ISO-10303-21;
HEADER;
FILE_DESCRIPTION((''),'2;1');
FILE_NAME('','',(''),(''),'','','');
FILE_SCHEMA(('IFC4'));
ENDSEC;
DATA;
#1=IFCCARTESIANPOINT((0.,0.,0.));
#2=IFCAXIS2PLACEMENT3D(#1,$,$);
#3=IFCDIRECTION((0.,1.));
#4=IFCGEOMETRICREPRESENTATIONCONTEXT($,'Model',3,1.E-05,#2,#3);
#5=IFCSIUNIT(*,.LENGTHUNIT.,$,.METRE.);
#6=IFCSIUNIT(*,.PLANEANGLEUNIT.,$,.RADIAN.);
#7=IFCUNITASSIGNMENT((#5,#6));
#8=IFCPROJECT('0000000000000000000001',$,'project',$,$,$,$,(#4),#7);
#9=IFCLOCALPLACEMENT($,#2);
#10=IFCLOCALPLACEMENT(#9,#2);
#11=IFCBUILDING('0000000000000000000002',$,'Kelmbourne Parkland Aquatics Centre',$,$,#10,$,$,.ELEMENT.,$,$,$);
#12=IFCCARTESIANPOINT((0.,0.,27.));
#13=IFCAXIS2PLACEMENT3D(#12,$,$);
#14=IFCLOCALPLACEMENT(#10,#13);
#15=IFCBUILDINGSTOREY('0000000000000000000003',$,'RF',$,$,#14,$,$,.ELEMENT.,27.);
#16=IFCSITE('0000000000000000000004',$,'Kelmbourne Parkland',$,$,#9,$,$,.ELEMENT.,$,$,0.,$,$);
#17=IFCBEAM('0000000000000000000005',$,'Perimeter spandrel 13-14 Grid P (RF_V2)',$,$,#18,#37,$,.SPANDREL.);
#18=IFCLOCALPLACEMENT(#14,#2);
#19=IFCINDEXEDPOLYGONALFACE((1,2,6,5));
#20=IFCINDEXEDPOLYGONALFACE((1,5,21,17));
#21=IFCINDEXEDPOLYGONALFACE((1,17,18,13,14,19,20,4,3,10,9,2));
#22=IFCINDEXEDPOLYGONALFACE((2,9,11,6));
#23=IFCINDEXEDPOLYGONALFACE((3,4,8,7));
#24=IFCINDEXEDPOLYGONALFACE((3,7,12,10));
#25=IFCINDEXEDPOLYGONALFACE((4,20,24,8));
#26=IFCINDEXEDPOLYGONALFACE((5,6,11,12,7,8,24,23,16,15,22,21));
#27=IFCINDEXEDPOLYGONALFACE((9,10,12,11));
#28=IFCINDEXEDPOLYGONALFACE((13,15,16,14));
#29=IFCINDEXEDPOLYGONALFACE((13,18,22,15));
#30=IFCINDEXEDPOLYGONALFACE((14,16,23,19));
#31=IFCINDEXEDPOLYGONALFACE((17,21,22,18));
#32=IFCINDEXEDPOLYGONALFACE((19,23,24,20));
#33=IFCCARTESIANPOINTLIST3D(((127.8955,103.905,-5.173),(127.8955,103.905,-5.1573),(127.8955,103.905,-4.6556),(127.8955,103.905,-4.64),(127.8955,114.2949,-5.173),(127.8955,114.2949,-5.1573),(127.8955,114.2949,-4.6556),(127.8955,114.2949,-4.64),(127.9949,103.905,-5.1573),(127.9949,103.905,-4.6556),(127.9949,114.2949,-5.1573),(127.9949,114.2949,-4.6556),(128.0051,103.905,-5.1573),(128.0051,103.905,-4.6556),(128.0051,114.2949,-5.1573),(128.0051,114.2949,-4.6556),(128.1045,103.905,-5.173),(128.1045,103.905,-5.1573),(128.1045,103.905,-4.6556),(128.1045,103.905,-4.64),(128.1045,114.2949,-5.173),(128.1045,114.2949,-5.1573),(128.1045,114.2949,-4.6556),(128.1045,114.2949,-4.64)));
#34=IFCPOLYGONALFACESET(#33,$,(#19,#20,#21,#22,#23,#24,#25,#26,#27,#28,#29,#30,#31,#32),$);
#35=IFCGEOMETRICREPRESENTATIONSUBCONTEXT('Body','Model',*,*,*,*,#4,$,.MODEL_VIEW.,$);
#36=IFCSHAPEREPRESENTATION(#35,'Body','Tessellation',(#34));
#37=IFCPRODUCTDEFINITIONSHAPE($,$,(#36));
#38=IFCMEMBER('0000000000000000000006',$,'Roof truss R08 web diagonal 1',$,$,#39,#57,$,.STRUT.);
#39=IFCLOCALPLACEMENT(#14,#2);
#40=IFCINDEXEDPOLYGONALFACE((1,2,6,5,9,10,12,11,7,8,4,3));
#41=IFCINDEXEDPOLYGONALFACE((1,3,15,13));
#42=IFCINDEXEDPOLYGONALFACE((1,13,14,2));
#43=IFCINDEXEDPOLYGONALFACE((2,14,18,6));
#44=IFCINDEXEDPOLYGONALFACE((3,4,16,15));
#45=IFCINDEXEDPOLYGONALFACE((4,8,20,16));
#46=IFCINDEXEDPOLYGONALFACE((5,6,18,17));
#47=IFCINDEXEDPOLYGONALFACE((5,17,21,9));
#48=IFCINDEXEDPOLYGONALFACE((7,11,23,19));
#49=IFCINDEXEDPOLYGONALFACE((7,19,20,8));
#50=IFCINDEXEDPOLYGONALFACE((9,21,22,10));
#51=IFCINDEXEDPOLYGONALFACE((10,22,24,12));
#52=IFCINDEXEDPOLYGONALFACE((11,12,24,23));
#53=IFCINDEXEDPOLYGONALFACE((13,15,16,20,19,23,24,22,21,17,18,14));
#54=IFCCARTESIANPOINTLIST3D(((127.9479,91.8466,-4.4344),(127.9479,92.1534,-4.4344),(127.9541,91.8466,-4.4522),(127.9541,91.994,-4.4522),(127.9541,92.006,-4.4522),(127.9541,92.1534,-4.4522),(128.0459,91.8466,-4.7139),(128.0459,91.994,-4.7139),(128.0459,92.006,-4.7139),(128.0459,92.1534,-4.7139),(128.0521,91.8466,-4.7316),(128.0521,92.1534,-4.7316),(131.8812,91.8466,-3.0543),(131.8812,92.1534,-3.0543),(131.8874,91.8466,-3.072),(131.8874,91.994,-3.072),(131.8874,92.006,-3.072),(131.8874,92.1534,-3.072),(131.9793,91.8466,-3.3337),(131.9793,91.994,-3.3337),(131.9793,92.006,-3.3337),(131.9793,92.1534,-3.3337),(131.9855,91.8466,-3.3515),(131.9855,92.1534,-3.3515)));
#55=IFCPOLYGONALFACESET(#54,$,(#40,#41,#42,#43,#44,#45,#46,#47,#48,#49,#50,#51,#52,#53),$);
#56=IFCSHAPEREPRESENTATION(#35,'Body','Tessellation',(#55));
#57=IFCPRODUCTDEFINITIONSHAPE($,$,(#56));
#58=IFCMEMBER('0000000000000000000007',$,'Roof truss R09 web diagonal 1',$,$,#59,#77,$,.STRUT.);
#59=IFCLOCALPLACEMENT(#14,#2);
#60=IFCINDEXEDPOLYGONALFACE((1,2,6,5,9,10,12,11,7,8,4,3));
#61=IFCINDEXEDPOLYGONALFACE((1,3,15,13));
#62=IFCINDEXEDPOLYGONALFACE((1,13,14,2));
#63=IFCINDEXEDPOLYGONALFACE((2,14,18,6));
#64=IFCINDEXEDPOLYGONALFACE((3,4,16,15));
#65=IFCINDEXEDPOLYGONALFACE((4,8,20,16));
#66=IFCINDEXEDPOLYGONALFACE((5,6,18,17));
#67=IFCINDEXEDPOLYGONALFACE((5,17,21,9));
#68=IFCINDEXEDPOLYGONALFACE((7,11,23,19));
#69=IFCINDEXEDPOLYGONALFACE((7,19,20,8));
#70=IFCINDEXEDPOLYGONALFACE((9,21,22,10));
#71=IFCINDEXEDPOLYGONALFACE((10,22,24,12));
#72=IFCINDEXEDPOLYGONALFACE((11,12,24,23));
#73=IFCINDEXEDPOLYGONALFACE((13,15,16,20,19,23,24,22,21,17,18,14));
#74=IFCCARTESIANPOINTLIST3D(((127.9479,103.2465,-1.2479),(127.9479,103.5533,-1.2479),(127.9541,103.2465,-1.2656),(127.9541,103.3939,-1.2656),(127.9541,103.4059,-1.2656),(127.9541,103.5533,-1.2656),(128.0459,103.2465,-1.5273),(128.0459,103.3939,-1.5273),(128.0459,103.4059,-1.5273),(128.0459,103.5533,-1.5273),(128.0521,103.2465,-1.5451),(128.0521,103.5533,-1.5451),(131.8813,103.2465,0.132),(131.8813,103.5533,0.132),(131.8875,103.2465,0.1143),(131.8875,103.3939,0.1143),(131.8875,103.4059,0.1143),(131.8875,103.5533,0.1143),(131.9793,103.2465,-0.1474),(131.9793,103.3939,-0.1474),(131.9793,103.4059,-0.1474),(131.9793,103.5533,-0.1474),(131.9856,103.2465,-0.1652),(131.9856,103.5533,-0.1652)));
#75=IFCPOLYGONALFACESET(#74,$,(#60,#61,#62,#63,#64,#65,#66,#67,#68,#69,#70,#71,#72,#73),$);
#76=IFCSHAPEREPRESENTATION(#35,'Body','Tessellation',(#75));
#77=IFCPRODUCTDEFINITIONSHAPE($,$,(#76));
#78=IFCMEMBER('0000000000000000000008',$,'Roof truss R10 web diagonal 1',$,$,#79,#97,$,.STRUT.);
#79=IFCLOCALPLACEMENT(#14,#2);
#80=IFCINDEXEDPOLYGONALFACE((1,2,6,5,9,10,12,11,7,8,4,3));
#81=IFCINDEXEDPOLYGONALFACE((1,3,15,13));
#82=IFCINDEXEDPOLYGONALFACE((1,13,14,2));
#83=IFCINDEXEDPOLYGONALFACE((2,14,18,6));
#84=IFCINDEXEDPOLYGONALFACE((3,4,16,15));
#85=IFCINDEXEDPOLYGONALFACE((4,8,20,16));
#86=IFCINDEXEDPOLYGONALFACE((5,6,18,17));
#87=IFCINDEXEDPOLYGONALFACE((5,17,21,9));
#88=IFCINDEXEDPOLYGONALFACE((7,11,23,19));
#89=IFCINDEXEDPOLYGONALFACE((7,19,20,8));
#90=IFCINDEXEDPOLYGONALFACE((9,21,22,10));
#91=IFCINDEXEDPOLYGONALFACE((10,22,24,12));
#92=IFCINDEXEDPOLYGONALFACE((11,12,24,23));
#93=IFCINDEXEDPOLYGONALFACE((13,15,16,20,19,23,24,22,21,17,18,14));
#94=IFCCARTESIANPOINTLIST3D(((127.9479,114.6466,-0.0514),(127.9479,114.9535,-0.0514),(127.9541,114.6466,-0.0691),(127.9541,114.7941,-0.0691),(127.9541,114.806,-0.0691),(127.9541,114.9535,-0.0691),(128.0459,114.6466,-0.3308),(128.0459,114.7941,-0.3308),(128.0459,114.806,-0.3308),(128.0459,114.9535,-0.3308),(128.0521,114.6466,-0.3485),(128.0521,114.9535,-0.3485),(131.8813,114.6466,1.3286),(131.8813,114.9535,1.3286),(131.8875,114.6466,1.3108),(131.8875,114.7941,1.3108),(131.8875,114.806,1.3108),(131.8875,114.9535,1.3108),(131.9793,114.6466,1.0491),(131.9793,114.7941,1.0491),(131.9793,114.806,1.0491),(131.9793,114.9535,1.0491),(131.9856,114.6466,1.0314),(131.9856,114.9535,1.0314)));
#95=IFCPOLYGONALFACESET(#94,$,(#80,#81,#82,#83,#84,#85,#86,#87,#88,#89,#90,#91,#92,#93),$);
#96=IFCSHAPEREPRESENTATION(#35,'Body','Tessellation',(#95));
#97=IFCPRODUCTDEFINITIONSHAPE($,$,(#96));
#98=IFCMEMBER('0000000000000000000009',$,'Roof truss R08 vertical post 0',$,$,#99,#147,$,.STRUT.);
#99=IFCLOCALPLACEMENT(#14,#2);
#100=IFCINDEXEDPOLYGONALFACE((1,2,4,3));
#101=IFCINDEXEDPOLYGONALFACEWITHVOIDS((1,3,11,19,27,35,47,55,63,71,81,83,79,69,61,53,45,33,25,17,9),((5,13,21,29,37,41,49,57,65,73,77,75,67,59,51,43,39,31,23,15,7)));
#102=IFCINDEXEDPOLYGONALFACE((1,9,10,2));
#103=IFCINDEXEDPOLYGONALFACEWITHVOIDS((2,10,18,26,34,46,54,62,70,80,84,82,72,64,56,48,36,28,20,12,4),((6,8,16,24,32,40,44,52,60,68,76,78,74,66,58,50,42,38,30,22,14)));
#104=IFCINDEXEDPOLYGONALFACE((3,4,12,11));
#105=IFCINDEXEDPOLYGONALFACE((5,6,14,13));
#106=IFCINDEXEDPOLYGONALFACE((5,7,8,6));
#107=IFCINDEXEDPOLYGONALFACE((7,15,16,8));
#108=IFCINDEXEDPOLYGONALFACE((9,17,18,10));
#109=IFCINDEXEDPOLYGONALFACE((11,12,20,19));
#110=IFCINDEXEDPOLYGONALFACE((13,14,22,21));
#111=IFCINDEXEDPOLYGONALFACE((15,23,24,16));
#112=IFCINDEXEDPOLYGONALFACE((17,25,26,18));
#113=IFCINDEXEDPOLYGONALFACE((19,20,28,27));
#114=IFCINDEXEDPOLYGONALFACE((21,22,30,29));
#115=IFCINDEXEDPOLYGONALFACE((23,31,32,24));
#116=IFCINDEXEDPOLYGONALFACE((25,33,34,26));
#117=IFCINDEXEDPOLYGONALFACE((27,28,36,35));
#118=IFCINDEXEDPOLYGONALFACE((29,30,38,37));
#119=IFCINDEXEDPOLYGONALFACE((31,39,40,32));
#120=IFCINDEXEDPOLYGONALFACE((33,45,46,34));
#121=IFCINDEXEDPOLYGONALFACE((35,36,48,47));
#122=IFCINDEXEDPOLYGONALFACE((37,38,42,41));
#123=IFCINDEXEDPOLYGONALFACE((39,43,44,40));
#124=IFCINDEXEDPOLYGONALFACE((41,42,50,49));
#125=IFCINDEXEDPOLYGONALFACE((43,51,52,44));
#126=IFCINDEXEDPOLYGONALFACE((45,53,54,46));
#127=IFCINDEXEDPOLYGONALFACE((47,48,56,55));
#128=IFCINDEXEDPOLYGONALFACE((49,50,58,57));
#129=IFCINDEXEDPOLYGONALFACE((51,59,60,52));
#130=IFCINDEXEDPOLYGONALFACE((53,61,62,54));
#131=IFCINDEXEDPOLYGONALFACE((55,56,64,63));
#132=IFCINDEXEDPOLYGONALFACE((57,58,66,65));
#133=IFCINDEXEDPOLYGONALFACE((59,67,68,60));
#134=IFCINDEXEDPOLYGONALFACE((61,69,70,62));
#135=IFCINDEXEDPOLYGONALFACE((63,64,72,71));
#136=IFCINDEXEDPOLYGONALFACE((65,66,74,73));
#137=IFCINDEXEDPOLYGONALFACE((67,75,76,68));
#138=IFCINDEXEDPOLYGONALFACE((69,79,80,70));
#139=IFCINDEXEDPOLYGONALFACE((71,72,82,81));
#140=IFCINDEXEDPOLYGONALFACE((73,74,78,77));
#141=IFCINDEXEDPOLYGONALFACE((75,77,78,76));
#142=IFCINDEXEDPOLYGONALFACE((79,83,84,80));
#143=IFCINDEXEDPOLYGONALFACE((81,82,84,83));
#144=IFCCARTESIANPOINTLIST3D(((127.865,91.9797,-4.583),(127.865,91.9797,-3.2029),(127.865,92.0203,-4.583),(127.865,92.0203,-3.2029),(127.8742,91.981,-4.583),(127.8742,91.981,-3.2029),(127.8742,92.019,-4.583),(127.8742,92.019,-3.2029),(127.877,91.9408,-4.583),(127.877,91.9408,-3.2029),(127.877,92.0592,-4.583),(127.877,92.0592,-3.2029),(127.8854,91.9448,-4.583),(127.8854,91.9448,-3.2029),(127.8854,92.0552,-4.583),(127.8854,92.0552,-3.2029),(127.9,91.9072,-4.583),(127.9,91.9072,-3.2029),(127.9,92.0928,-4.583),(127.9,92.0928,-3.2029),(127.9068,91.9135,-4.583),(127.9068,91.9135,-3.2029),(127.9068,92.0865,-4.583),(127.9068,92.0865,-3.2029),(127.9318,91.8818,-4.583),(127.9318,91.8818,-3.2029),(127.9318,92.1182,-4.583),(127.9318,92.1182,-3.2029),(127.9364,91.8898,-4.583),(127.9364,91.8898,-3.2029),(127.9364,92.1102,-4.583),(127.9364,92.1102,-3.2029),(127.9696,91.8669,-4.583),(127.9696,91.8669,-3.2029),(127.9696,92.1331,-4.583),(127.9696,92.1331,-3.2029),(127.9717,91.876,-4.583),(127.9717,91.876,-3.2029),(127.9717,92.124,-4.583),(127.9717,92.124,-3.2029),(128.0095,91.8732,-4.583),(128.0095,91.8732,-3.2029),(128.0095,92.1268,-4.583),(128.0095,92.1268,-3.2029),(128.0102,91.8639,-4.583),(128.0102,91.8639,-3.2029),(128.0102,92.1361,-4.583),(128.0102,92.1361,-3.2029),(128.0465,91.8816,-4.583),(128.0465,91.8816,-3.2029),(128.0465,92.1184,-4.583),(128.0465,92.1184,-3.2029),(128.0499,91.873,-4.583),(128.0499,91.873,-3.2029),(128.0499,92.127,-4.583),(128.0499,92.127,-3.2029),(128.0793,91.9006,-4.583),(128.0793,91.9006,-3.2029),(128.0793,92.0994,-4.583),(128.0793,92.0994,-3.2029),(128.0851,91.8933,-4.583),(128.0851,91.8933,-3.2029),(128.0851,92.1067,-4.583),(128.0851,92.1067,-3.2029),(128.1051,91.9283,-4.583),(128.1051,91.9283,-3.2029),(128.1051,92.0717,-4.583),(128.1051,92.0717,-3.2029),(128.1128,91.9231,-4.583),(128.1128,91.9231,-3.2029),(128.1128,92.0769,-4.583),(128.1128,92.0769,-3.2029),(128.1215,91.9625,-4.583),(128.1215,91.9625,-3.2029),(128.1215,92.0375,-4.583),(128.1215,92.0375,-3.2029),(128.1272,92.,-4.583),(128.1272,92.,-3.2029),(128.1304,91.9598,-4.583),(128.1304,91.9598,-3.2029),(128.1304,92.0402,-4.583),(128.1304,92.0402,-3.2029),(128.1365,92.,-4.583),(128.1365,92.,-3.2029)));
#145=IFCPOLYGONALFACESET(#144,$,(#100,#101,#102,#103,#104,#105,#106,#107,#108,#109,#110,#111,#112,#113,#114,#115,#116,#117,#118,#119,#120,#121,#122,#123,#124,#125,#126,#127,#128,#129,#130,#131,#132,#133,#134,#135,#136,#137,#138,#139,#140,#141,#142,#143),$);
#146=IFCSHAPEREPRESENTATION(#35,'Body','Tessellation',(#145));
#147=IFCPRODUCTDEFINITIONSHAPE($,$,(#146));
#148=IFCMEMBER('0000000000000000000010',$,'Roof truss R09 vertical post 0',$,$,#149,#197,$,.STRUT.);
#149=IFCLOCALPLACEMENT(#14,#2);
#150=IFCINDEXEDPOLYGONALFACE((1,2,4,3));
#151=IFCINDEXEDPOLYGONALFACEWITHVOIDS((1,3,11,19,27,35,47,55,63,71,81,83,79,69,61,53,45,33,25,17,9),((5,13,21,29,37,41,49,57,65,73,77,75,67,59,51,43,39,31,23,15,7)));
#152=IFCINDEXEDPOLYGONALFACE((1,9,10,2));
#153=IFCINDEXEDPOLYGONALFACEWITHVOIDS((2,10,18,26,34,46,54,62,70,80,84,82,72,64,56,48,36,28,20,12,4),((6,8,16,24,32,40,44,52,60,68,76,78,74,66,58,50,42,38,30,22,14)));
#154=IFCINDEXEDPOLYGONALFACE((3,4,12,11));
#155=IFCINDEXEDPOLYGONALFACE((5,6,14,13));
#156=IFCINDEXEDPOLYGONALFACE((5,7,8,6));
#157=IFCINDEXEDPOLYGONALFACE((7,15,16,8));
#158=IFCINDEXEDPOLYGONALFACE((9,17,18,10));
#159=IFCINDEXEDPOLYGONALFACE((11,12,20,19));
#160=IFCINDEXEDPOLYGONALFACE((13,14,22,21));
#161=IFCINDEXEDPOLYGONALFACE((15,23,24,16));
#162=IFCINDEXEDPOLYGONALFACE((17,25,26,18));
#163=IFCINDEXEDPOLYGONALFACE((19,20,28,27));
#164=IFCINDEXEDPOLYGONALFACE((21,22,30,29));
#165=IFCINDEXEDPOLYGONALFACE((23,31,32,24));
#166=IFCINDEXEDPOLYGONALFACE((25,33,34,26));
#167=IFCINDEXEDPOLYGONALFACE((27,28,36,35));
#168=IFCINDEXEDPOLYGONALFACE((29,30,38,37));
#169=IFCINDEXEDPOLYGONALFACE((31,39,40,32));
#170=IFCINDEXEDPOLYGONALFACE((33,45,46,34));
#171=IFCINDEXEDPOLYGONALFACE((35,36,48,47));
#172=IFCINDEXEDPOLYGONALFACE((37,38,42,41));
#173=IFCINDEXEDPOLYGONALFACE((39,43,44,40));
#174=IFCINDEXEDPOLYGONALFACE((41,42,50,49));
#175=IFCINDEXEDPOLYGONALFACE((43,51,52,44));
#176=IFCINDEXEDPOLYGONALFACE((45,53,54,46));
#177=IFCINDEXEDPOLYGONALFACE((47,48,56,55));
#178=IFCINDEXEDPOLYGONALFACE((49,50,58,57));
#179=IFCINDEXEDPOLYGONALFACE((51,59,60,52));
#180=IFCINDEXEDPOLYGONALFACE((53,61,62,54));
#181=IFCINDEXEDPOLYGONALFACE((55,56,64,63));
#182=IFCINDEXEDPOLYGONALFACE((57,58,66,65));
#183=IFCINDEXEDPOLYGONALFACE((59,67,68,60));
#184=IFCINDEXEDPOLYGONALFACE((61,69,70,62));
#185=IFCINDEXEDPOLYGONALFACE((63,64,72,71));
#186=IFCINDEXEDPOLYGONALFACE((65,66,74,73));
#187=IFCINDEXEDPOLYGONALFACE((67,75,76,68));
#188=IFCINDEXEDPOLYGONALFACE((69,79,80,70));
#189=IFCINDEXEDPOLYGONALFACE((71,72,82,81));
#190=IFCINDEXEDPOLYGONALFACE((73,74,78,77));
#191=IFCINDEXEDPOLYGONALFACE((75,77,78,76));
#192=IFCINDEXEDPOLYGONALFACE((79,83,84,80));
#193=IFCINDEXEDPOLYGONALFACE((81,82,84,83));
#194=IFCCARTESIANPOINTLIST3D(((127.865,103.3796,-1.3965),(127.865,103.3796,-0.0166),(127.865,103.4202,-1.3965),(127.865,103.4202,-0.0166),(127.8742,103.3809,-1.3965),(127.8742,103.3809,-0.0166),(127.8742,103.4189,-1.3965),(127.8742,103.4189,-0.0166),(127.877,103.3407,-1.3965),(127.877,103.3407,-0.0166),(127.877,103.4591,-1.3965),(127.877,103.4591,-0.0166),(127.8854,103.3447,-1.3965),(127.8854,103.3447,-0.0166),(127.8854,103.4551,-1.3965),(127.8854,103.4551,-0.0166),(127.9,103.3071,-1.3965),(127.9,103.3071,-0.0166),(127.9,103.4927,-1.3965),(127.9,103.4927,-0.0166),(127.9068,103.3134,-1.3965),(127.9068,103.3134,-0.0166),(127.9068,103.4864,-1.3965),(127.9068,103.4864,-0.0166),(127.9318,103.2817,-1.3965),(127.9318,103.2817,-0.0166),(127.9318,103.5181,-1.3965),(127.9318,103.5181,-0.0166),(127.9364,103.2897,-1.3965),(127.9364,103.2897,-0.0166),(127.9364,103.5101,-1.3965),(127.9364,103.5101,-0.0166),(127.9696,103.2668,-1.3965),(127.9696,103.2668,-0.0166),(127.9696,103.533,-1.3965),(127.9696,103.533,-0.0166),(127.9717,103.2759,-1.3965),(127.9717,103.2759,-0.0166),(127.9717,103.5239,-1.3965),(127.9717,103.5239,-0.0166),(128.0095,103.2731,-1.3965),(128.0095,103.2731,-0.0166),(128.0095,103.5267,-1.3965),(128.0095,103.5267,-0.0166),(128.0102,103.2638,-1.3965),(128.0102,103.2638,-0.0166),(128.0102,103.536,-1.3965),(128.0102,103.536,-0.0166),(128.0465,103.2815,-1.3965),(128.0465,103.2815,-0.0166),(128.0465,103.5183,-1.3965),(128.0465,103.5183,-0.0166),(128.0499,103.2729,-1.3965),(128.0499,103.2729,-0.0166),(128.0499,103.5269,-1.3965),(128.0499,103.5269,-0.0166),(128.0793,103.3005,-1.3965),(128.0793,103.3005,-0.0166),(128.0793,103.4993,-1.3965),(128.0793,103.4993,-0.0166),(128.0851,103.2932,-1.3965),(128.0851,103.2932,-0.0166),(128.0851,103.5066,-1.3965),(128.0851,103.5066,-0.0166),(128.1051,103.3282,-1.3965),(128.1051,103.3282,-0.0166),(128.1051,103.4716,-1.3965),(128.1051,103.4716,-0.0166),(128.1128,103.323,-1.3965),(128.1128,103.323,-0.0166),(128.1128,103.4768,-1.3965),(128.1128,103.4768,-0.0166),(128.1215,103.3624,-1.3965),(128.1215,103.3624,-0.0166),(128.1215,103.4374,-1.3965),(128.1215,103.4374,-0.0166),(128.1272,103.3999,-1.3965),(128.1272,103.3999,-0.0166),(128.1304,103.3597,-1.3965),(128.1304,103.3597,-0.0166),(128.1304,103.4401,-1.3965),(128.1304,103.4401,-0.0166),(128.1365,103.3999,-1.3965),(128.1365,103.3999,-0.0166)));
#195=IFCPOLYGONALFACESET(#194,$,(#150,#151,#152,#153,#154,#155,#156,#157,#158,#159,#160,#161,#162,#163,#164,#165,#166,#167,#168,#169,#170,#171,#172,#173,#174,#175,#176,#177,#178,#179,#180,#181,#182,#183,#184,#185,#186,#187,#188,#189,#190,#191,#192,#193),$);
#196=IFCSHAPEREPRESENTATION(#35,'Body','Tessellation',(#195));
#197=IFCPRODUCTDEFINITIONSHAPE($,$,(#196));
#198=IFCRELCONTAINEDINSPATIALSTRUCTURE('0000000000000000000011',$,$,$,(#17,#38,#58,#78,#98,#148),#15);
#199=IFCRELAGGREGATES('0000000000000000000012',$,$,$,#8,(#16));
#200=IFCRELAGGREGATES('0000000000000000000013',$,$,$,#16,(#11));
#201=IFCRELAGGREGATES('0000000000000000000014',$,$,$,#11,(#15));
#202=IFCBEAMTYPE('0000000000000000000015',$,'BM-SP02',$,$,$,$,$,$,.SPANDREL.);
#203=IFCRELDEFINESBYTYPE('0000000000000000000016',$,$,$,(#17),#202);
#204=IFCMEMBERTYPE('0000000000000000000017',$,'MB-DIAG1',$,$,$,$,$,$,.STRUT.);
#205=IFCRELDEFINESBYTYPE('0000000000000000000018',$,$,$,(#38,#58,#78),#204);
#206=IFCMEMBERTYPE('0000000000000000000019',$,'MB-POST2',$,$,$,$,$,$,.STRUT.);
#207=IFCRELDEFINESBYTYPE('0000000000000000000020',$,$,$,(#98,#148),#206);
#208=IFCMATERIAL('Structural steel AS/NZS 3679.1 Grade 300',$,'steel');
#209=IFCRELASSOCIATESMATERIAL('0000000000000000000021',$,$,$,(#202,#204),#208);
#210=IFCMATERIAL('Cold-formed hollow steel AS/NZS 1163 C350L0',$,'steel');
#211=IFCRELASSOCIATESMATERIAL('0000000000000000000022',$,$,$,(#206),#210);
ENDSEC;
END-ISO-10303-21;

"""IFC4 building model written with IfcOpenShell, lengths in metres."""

from ifc_helpers import new_model, si_unit, direction, frame, origin, origin_2d, place, context, subcontext, project, spatial, hollow_circle, i_section, extrude, material, material_profile, profile_set, type_object, element, save


model = new_model("IFC4")

# Units and contexts
model_context = context("Model", 3, precision=1e-05, world=origin(), true_north=direction((0.0, 1.0)))
body_context = subcontext(model_context, "Body", "Model", "MODEL_VIEW")
ifc_project = project(units=[si_unit("LENGTHUNIT", "METRE"), si_unit("PLANEANGLEUNIT", "RADIAN")], contexts=[model_context])

# Site, building, storey
site_placement = place(None, origin())
site = spatial("IfcSite", under=ifc_project, at=site_placement, Name="Kelmbourne Parkland", CompositionType="ELEMENT", RefElevation=0.0)
building_placement = place(site_placement, origin())
building = spatial("IfcBuilding", under=site, at=building_placement, Name="Kelmbourne Parkland Aquatics Centre", CompositionType="ELEMENT")
storey_placement = place(building_placement, frame((0.0, 0.0, 27.0)))
storey = spatial("IfcBuildingStorey", under=building, at=storey_placement, Name="RF", CompositionType="ELEMENT", Elevation=27.0)

# Beam
ifc_material_1 = material(Name="Structural steel AS/NZS 3679.1 Grade 300", Category="steel")
ifc_material_profile_1 = material_profile(ifc_material_1, i_section(OverallWidth=0.209, OverallDepth=0.533, WebThickness=0.0103, FlangeThickness=0.0156, at=origin_2d()), Name="530UB92.4")
ifc_profile_set_1 = profile_set([ifc_material_profile_1], Name="Structural steel AS/NZS 3679.1 Grade 300")
beam_type_1 = type_object("IfcBeamType", Name="BM-SP02", PredefinedType="SPANDREL", material=ifc_profile_set_1)
beam_1_placement = place(storey_placement, frame((128.0, 103.905, -4.9065), z_axis=(0.0, 1.0, 0.0), x_axis=(-1.0, 0.0, 0.0)))
element("IfcBeam", 1, at=beam_1_placement, inside=storey, type_object=beam_type_1, Name="Perimeter spandrel 13-14 Grid P (RF_V2)", PredefinedType="SPANDREL", context=body_context, shape_type="SweptSolid", body=[
    extrude(i_section(OverallWidth=0.209, OverallDepth=0.533, WebThickness=0.0103, FlangeThickness=0.0156, at=origin_2d()), origin(), (0.0, 0.0, 1.0), 10.3899),
])

# Members
ifc_material_profile_2 = material_profile(ifc_material_1, i_section(OverallWidth=0.3069, OverallDepth=0.3149, WebThickness=0.012, FlangeThickness=0.0188, at=origin_2d()), Name="310UC118")
ifc_profile_set_2 = profile_set([ifc_material_profile_2], Name="Structural steel AS/NZS 3679.1 Grade 300")
member_type_1 = type_object("IfcMemberType", Name="MB-DIAG1", PredefinedType="STRUT", material=ifc_profile_set_2)
for number, where, z_axis, x_axis, name in (
    (2, (128.0, 92.0, -4.583), (0.9436, 0.0, 0.331089), (0.0, 1.0, 0.0), "Roof truss R08 web diagonal 1"),
    (3, (128.0, 103.3999, -1.3965), (0.943618, 0.0, 0.331036), (0.0, 1.0, 0.0), "Roof truss R09 web diagonal 1"),
    (4, (128.0, 114.8, -0.2), (0.943618, 0.0, 0.331036), (0.0, 1.0, 0.0), "Roof truss R10 web diagonal 1"),
):
    element("IfcMember", number, at=place(storey_placement, frame(where, z_axis=z_axis, x_axis=x_axis)), inside=storey, type_object=member_type_1, Name=name, PredefinedType="STRUT", context=body_context, shape_type="SweptSolid", body=[
        extrude(i_section(OverallWidth=0.3069, OverallDepth=0.3149, WebThickness=0.012, FlangeThickness=0.0188, at=origin_2d()), origin(), (0.0, 0.0, 1.0), 4.1685),
    ])
ifc_material_2 = material(Name="Cold-formed hollow steel AS/NZS 1163 C350L0", Category="steel")
ifc_material_profile_3 = material_profile(ifc_material_2, hollow_circle(Radius=0.1365, WallThickness=0.0093, at=origin_2d()), Name="CHS 273.1x9.3")
ifc_profile_set_3 = profile_set([ifc_material_profile_3], Name="Cold-formed hollow steel AS/NZS 1163 C350L0")
member_type_2 = type_object("IfcMemberType", Name="MB-POST2", PredefinedType="STRUT", material=ifc_profile_set_3)
member_placement = place(storey_placement, frame((128.0, 92.0, -4.583), z_axis=(0.0, 0.0, 1.0), x_axis=(1.0, 0.0, 0.0)))
element("IfcMember", 5, at=member_placement, inside=storey, type_object=member_type_2, Name="Roof truss R08 vertical post 0", PredefinedType="STRUT", context=body_context, shape_type="SweptSolid", body=[
    extrude(hollow_circle(Radius=0.1365, WallThickness=0.0093, at=origin_2d()), origin(), (0.0, 0.0, 1.0), 1.3801),
])
for number, where, z_axis, x_axis, name in (
    (6, (128.0, 103.3999, -1.3965), (0.0, 0.0, 1.0), (1.0, 0.0, 0.0), "Roof truss R09 vertical post 0"),
):
    element("IfcMember", number, at=place(storey_placement, frame(where, z_axis=z_axis, x_axis=x_axis)), inside=storey, type_object=member_type_2, Name=name, PredefinedType="STRUT", context=body_context, shape_type="SweptSolid", body=[
        extrude(hollow_circle(Radius=0.1365, WallThickness=0.0093, at=origin_2d()), origin(), (0.0, 0.0, 1.0), 1.3799),
    ])

save(model, "model.ifc")
